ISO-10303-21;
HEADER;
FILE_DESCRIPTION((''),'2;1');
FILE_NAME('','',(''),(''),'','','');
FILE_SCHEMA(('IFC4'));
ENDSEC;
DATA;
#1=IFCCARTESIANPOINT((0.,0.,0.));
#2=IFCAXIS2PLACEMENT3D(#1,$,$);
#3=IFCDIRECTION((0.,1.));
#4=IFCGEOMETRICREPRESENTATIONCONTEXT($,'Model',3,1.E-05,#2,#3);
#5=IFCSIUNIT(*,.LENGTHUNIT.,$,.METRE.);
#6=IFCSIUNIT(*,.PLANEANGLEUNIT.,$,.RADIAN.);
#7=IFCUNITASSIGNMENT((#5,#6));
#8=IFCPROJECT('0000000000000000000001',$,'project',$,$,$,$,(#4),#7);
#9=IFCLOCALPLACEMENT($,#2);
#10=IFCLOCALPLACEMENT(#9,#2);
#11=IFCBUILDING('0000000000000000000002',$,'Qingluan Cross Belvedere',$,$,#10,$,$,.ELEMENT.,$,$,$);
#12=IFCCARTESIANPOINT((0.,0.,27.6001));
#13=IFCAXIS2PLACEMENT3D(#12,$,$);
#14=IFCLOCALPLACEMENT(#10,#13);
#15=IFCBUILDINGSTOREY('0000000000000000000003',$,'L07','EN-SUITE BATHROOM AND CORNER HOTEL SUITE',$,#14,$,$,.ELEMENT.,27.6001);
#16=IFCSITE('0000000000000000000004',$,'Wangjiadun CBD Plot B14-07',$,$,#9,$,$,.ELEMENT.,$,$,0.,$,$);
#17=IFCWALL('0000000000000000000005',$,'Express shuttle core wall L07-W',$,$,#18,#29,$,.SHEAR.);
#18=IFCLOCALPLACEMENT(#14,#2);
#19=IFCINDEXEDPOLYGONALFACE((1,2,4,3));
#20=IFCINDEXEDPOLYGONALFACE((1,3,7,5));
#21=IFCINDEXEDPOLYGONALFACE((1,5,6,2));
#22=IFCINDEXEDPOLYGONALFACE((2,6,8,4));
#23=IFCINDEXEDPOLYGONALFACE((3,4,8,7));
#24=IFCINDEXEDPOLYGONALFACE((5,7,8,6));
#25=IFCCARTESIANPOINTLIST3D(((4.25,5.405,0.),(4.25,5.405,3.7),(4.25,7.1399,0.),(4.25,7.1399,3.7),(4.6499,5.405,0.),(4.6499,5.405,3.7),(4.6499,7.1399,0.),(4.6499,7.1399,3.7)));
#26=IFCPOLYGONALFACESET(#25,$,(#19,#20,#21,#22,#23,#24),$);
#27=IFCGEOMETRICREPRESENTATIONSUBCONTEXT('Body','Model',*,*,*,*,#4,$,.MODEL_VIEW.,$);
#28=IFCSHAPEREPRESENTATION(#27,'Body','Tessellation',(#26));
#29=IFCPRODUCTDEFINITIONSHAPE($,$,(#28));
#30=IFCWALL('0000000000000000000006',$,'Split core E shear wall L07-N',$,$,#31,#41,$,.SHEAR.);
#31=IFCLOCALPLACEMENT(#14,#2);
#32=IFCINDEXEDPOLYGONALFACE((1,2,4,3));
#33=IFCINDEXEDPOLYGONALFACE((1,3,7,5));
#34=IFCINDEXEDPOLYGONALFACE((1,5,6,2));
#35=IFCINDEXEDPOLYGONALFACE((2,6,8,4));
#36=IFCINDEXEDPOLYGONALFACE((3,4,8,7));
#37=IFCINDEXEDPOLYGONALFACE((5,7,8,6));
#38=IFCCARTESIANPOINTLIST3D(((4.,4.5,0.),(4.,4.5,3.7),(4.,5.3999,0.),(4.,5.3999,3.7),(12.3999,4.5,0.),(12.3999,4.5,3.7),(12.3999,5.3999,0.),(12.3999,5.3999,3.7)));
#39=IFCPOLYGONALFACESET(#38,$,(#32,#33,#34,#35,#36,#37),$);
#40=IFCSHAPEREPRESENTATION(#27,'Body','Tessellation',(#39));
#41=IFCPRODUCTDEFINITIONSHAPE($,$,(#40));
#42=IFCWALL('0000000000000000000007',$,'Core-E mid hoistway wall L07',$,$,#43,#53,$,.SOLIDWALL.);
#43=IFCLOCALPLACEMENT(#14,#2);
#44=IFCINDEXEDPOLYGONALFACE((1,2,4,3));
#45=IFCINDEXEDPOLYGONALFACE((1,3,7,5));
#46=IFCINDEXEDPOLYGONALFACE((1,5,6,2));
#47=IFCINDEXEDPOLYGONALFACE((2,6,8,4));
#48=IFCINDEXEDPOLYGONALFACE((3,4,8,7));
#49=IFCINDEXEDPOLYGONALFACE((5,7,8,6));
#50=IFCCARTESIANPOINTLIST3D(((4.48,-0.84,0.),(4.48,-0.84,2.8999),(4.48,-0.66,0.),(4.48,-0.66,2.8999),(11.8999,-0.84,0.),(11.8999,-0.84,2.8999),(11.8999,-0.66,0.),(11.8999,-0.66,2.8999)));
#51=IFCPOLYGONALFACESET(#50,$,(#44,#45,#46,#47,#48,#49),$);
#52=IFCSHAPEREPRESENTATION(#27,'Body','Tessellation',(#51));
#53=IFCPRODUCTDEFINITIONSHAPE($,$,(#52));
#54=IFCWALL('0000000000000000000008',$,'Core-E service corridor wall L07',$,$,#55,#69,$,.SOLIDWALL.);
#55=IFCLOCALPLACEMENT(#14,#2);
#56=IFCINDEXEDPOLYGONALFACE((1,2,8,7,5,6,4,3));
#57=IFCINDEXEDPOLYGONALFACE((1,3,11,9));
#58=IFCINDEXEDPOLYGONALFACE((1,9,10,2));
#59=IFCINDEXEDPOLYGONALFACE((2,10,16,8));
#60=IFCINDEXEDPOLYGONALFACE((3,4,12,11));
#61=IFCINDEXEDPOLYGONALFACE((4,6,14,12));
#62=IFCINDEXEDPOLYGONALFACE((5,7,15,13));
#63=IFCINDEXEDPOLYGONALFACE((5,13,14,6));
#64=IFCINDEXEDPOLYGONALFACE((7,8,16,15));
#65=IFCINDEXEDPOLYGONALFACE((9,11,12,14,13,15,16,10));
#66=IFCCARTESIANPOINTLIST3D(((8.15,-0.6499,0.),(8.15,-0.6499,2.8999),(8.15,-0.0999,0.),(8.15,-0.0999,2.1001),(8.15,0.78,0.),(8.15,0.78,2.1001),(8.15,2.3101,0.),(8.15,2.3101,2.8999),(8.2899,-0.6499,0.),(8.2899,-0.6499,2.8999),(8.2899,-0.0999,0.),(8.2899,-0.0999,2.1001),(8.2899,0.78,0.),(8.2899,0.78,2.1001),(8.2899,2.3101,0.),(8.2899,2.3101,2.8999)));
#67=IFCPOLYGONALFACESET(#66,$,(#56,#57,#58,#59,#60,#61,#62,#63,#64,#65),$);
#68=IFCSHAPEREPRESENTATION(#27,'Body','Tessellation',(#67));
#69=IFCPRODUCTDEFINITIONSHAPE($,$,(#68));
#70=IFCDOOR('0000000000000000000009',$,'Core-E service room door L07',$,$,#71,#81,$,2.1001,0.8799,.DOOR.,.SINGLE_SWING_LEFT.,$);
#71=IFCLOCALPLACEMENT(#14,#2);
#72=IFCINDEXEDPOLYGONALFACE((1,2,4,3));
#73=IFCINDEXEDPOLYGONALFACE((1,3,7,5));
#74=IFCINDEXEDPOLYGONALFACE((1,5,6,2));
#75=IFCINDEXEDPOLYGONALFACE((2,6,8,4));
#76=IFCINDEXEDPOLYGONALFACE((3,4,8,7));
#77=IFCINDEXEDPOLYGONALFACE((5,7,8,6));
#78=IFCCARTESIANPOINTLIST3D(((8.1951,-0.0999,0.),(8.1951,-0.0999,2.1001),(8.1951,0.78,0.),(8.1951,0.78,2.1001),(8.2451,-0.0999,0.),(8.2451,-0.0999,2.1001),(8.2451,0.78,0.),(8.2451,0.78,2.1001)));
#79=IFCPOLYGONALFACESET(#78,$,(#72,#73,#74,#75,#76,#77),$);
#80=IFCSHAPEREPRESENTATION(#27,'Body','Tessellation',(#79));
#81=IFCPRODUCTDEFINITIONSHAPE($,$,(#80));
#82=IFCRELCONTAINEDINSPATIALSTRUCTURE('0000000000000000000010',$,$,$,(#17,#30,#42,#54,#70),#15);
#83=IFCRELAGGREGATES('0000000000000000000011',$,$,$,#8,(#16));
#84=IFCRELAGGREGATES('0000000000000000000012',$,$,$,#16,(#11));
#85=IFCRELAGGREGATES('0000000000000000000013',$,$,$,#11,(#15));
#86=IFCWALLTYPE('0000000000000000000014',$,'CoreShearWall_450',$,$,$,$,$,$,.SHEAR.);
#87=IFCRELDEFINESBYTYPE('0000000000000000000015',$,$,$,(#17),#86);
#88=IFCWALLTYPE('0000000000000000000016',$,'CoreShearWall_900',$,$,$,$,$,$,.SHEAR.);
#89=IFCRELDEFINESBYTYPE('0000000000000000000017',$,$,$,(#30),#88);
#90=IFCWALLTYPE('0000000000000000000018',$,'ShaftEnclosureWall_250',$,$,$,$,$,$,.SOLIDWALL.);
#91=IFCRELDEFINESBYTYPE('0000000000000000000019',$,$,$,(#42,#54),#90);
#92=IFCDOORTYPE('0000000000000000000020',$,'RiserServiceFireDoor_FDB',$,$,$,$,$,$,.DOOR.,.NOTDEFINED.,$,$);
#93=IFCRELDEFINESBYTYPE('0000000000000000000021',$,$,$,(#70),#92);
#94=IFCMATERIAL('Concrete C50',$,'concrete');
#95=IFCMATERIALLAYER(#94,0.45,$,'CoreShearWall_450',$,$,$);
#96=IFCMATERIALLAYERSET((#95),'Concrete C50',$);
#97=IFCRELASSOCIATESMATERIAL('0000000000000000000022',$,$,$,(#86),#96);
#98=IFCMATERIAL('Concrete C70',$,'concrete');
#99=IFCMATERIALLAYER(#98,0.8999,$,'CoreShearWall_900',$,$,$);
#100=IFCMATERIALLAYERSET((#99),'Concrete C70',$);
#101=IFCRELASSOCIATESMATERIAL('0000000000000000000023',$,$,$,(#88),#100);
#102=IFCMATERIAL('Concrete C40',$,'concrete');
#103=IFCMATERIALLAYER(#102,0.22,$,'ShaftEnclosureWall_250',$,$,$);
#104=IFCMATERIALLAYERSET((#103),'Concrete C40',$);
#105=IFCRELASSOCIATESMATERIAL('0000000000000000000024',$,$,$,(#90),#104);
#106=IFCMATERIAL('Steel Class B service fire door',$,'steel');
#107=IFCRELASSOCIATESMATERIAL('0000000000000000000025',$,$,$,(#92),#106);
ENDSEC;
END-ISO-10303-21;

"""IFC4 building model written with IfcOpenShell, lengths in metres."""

from ifc_helpers import new_model, si_unit, direction, frame, frame_2d, origin, place, context, subcontext, project, spatial, rectangle, extrude, material, layer, layer_set, type_object, element, fill, save


model = new_model("IFC4")

# Units and contexts
model_context = context("Model", 3, precision=1e-05, world=origin(), true_north=direction((0.0, 1.0)))
body_context = subcontext(model_context, "Body", "Model", "MODEL_VIEW")
ifc_project = project(units=[si_unit("LENGTHUNIT", "METRE"), si_unit("PLANEANGLEUNIT", "RADIAN")], contexts=[model_context])

# Site, building, storey
site_placement = place(None, origin())
site = spatial("IfcSite", under=ifc_project, at=site_placement, Name="Wangjiadun CBD Plot B14-07", CompositionType="ELEMENT", RefElevation=0.0)
building_placement = place(site_placement, origin())
building = spatial("IfcBuilding", under=site, at=building_placement, Name="Qingluan Cross Belvedere", CompositionType="ELEMENT")
storey_placement = place(building_placement, frame((0.0, 0.0, 27.6001)))
storey = spatial("IfcBuildingStorey", under=building, at=storey_placement, Name="L07", Description="EN-SUITE BATHROOM AND CORNER HOTEL SUITE", CompositionType="ELEMENT", Elevation=27.6001)

# Walls
ifc_material_1 = material(Name="Concrete C50", Category="concrete")
ifc_layer_1 = layer(ifc_material_1, 0.45, Name="CoreShearWall_450")
ifc_layer_set_1 = layer_set([ifc_layer_1], Name="Concrete C50")
wall_type_1 = type_object("IfcWallType", Name="CoreShearWall_450", PredefinedType="SHEAR", material=ifc_layer_set_1)
wall_1_placement = place(storey_placement, frame((4.45, 5.405, 0.0), z_axis=(0.0, 0.0, 1.0), x_axis=(0.0, 1.0, 0.0)))
element("IfcWall", 1, at=wall_1_placement, inside=storey, type_object=wall_type_1, Name="Express shuttle core wall L07-W", PredefinedType="SHEAR", context=body_context, shape_type="SweptSolid", body=[
    extrude(rectangle(XDim=1.7349, YDim=0.3999, at=frame_2d((0.8674, 0.0))), origin(), (0.0, 0.0, 1.0), 3.7),
])
ifc_material_2 = material(Name="Concrete C70", Category="concrete")
ifc_layer_2 = layer(ifc_material_2, 0.8999, Name="CoreShearWall_900")
ifc_layer_set_2 = layer_set([ifc_layer_2], Name="Concrete C70")
wall_type_2 = type_object("IfcWallType", Name="CoreShearWall_900", PredefinedType="SHEAR", material=ifc_layer_set_2)
wall_2_placement = place(storey_placement, frame((4.0, 4.95, 0.0), z_axis=(0.0, 0.0, 1.0), x_axis=(1.0, 0.0, 0.0)))
element("IfcWall", 2, at=wall_2_placement, inside=storey, type_object=wall_type_2, Name="Split core E shear wall L07-N", PredefinedType="SHEAR", context=body_context, shape_type="SweptSolid", body=[
    extrude(rectangle(XDim=8.3999, YDim=0.8999, at=frame_2d((4.2, 0.0))), origin(), (0.0, 0.0, 1.0), 3.7),
])

# Shared definitions
ifc_material_3 = material(Name="Concrete C40", Category="concrete")
ifc_layer_3 = layer(ifc_material_3, 0.22, Name="ShaftEnclosureWall_250")
ifc_layer_set_3 = layer_set([ifc_layer_3], Name="Concrete C40")
wall_type_3 = type_object("IfcWallType", Name="ShaftEnclosureWall_250", PredefinedType="SOLIDWALL", material=ifc_layer_set_3)

# Wall
wall_3_placement = place(storey_placement, frame((4.48, -0.75, 0.0), z_axis=(0.0, 0.0, 1.0), x_axis=(1.0, 0.0, 0.0)))
element("IfcWall", 3, at=wall_3_placement, inside=storey, type_object=wall_type_3, Name="Core-E mid hoistway wall L07", PredefinedType="SOLIDWALL", context=body_context, shape_type="SweptSolid", body=[
    extrude(rectangle(XDim=7.4199, YDim=0.1799, at=frame_2d((3.71, 0.0))), origin(), (0.0, 0.0, 1.0), 2.8999),
])

# Wall, opening, door
wall_4_placement = place(storey_placement, frame((8.22, -0.6499, 0.0), z_axis=(0.0, 0.0, 1.0), x_axis=(0.0, 1.0, 0.0)))
wall_4 = element("IfcWall", 4, at=wall_4_placement, inside=storey, type_object=wall_type_3, Name="Core-E service corridor wall L07", PredefinedType="SOLIDWALL", context=body_context, shape_type="SweptSolid", body=[
    extrude(rectangle(XDim=2.96, YDim=0.1399, at=frame_2d((1.48, 0.0))), origin(), (0.0, 0.0, 1.0), 2.8999),
])
opening_1_placement = place(wall_4_placement, frame((0.55, 0.0, 0.0)))
opening_1 = element("IfcOpeningElement", 5, at=opening_1_placement, cuts=wall_4, PredefinedType="OPENING", context=body_context, shape_type="SweptSolid", body=[
    extrude(rectangle(XDim=0.8799, YDim=2.1001, at=frame_2d((0.4399, 1.05))), frame((0.0, 0.0798, 0.0), z_axis=(0.0, -1.0, 0.0), x_axis=(1.0, 0.0, 0.0)), (0.0, 0.0, 1.0), 0.1599),
])
ifc_material_4 = material(Name="Steel Class B service fire door", Category="steel")
door_type_1 = type_object("IfcDoorType", Name="RiserServiceFireDoor_FDB", OperationType="NOTDEFINED", PredefinedType="DOOR", material=ifc_material_4)
door_1_placement = place(opening_1_placement, origin())
door_1 = element("IfcDoor", 6, at=door_1_placement, inside=storey, type_object=door_type_1, Name="Core-E service room door L07", OperationType="SINGLE_SWING_LEFT", OverallHeight=2.1001, OverallWidth=0.8799, PredefinedType="DOOR", context=body_context, shape_type="SweptSolid", body=[
    extrude(rectangle(XDim=0.8799, YDim=2.1001, at=frame_2d((0.4399, 1.05))), frame((0.0, 0.0249, 0.0), z_axis=(0.0, -1.0, 0.0), x_axis=(1.0, 0.0, 0.0)), (0.0, 0.0, 1.0), 0.05),
])
fill(opening_1, door_1)

save(model, "model.ifc")
